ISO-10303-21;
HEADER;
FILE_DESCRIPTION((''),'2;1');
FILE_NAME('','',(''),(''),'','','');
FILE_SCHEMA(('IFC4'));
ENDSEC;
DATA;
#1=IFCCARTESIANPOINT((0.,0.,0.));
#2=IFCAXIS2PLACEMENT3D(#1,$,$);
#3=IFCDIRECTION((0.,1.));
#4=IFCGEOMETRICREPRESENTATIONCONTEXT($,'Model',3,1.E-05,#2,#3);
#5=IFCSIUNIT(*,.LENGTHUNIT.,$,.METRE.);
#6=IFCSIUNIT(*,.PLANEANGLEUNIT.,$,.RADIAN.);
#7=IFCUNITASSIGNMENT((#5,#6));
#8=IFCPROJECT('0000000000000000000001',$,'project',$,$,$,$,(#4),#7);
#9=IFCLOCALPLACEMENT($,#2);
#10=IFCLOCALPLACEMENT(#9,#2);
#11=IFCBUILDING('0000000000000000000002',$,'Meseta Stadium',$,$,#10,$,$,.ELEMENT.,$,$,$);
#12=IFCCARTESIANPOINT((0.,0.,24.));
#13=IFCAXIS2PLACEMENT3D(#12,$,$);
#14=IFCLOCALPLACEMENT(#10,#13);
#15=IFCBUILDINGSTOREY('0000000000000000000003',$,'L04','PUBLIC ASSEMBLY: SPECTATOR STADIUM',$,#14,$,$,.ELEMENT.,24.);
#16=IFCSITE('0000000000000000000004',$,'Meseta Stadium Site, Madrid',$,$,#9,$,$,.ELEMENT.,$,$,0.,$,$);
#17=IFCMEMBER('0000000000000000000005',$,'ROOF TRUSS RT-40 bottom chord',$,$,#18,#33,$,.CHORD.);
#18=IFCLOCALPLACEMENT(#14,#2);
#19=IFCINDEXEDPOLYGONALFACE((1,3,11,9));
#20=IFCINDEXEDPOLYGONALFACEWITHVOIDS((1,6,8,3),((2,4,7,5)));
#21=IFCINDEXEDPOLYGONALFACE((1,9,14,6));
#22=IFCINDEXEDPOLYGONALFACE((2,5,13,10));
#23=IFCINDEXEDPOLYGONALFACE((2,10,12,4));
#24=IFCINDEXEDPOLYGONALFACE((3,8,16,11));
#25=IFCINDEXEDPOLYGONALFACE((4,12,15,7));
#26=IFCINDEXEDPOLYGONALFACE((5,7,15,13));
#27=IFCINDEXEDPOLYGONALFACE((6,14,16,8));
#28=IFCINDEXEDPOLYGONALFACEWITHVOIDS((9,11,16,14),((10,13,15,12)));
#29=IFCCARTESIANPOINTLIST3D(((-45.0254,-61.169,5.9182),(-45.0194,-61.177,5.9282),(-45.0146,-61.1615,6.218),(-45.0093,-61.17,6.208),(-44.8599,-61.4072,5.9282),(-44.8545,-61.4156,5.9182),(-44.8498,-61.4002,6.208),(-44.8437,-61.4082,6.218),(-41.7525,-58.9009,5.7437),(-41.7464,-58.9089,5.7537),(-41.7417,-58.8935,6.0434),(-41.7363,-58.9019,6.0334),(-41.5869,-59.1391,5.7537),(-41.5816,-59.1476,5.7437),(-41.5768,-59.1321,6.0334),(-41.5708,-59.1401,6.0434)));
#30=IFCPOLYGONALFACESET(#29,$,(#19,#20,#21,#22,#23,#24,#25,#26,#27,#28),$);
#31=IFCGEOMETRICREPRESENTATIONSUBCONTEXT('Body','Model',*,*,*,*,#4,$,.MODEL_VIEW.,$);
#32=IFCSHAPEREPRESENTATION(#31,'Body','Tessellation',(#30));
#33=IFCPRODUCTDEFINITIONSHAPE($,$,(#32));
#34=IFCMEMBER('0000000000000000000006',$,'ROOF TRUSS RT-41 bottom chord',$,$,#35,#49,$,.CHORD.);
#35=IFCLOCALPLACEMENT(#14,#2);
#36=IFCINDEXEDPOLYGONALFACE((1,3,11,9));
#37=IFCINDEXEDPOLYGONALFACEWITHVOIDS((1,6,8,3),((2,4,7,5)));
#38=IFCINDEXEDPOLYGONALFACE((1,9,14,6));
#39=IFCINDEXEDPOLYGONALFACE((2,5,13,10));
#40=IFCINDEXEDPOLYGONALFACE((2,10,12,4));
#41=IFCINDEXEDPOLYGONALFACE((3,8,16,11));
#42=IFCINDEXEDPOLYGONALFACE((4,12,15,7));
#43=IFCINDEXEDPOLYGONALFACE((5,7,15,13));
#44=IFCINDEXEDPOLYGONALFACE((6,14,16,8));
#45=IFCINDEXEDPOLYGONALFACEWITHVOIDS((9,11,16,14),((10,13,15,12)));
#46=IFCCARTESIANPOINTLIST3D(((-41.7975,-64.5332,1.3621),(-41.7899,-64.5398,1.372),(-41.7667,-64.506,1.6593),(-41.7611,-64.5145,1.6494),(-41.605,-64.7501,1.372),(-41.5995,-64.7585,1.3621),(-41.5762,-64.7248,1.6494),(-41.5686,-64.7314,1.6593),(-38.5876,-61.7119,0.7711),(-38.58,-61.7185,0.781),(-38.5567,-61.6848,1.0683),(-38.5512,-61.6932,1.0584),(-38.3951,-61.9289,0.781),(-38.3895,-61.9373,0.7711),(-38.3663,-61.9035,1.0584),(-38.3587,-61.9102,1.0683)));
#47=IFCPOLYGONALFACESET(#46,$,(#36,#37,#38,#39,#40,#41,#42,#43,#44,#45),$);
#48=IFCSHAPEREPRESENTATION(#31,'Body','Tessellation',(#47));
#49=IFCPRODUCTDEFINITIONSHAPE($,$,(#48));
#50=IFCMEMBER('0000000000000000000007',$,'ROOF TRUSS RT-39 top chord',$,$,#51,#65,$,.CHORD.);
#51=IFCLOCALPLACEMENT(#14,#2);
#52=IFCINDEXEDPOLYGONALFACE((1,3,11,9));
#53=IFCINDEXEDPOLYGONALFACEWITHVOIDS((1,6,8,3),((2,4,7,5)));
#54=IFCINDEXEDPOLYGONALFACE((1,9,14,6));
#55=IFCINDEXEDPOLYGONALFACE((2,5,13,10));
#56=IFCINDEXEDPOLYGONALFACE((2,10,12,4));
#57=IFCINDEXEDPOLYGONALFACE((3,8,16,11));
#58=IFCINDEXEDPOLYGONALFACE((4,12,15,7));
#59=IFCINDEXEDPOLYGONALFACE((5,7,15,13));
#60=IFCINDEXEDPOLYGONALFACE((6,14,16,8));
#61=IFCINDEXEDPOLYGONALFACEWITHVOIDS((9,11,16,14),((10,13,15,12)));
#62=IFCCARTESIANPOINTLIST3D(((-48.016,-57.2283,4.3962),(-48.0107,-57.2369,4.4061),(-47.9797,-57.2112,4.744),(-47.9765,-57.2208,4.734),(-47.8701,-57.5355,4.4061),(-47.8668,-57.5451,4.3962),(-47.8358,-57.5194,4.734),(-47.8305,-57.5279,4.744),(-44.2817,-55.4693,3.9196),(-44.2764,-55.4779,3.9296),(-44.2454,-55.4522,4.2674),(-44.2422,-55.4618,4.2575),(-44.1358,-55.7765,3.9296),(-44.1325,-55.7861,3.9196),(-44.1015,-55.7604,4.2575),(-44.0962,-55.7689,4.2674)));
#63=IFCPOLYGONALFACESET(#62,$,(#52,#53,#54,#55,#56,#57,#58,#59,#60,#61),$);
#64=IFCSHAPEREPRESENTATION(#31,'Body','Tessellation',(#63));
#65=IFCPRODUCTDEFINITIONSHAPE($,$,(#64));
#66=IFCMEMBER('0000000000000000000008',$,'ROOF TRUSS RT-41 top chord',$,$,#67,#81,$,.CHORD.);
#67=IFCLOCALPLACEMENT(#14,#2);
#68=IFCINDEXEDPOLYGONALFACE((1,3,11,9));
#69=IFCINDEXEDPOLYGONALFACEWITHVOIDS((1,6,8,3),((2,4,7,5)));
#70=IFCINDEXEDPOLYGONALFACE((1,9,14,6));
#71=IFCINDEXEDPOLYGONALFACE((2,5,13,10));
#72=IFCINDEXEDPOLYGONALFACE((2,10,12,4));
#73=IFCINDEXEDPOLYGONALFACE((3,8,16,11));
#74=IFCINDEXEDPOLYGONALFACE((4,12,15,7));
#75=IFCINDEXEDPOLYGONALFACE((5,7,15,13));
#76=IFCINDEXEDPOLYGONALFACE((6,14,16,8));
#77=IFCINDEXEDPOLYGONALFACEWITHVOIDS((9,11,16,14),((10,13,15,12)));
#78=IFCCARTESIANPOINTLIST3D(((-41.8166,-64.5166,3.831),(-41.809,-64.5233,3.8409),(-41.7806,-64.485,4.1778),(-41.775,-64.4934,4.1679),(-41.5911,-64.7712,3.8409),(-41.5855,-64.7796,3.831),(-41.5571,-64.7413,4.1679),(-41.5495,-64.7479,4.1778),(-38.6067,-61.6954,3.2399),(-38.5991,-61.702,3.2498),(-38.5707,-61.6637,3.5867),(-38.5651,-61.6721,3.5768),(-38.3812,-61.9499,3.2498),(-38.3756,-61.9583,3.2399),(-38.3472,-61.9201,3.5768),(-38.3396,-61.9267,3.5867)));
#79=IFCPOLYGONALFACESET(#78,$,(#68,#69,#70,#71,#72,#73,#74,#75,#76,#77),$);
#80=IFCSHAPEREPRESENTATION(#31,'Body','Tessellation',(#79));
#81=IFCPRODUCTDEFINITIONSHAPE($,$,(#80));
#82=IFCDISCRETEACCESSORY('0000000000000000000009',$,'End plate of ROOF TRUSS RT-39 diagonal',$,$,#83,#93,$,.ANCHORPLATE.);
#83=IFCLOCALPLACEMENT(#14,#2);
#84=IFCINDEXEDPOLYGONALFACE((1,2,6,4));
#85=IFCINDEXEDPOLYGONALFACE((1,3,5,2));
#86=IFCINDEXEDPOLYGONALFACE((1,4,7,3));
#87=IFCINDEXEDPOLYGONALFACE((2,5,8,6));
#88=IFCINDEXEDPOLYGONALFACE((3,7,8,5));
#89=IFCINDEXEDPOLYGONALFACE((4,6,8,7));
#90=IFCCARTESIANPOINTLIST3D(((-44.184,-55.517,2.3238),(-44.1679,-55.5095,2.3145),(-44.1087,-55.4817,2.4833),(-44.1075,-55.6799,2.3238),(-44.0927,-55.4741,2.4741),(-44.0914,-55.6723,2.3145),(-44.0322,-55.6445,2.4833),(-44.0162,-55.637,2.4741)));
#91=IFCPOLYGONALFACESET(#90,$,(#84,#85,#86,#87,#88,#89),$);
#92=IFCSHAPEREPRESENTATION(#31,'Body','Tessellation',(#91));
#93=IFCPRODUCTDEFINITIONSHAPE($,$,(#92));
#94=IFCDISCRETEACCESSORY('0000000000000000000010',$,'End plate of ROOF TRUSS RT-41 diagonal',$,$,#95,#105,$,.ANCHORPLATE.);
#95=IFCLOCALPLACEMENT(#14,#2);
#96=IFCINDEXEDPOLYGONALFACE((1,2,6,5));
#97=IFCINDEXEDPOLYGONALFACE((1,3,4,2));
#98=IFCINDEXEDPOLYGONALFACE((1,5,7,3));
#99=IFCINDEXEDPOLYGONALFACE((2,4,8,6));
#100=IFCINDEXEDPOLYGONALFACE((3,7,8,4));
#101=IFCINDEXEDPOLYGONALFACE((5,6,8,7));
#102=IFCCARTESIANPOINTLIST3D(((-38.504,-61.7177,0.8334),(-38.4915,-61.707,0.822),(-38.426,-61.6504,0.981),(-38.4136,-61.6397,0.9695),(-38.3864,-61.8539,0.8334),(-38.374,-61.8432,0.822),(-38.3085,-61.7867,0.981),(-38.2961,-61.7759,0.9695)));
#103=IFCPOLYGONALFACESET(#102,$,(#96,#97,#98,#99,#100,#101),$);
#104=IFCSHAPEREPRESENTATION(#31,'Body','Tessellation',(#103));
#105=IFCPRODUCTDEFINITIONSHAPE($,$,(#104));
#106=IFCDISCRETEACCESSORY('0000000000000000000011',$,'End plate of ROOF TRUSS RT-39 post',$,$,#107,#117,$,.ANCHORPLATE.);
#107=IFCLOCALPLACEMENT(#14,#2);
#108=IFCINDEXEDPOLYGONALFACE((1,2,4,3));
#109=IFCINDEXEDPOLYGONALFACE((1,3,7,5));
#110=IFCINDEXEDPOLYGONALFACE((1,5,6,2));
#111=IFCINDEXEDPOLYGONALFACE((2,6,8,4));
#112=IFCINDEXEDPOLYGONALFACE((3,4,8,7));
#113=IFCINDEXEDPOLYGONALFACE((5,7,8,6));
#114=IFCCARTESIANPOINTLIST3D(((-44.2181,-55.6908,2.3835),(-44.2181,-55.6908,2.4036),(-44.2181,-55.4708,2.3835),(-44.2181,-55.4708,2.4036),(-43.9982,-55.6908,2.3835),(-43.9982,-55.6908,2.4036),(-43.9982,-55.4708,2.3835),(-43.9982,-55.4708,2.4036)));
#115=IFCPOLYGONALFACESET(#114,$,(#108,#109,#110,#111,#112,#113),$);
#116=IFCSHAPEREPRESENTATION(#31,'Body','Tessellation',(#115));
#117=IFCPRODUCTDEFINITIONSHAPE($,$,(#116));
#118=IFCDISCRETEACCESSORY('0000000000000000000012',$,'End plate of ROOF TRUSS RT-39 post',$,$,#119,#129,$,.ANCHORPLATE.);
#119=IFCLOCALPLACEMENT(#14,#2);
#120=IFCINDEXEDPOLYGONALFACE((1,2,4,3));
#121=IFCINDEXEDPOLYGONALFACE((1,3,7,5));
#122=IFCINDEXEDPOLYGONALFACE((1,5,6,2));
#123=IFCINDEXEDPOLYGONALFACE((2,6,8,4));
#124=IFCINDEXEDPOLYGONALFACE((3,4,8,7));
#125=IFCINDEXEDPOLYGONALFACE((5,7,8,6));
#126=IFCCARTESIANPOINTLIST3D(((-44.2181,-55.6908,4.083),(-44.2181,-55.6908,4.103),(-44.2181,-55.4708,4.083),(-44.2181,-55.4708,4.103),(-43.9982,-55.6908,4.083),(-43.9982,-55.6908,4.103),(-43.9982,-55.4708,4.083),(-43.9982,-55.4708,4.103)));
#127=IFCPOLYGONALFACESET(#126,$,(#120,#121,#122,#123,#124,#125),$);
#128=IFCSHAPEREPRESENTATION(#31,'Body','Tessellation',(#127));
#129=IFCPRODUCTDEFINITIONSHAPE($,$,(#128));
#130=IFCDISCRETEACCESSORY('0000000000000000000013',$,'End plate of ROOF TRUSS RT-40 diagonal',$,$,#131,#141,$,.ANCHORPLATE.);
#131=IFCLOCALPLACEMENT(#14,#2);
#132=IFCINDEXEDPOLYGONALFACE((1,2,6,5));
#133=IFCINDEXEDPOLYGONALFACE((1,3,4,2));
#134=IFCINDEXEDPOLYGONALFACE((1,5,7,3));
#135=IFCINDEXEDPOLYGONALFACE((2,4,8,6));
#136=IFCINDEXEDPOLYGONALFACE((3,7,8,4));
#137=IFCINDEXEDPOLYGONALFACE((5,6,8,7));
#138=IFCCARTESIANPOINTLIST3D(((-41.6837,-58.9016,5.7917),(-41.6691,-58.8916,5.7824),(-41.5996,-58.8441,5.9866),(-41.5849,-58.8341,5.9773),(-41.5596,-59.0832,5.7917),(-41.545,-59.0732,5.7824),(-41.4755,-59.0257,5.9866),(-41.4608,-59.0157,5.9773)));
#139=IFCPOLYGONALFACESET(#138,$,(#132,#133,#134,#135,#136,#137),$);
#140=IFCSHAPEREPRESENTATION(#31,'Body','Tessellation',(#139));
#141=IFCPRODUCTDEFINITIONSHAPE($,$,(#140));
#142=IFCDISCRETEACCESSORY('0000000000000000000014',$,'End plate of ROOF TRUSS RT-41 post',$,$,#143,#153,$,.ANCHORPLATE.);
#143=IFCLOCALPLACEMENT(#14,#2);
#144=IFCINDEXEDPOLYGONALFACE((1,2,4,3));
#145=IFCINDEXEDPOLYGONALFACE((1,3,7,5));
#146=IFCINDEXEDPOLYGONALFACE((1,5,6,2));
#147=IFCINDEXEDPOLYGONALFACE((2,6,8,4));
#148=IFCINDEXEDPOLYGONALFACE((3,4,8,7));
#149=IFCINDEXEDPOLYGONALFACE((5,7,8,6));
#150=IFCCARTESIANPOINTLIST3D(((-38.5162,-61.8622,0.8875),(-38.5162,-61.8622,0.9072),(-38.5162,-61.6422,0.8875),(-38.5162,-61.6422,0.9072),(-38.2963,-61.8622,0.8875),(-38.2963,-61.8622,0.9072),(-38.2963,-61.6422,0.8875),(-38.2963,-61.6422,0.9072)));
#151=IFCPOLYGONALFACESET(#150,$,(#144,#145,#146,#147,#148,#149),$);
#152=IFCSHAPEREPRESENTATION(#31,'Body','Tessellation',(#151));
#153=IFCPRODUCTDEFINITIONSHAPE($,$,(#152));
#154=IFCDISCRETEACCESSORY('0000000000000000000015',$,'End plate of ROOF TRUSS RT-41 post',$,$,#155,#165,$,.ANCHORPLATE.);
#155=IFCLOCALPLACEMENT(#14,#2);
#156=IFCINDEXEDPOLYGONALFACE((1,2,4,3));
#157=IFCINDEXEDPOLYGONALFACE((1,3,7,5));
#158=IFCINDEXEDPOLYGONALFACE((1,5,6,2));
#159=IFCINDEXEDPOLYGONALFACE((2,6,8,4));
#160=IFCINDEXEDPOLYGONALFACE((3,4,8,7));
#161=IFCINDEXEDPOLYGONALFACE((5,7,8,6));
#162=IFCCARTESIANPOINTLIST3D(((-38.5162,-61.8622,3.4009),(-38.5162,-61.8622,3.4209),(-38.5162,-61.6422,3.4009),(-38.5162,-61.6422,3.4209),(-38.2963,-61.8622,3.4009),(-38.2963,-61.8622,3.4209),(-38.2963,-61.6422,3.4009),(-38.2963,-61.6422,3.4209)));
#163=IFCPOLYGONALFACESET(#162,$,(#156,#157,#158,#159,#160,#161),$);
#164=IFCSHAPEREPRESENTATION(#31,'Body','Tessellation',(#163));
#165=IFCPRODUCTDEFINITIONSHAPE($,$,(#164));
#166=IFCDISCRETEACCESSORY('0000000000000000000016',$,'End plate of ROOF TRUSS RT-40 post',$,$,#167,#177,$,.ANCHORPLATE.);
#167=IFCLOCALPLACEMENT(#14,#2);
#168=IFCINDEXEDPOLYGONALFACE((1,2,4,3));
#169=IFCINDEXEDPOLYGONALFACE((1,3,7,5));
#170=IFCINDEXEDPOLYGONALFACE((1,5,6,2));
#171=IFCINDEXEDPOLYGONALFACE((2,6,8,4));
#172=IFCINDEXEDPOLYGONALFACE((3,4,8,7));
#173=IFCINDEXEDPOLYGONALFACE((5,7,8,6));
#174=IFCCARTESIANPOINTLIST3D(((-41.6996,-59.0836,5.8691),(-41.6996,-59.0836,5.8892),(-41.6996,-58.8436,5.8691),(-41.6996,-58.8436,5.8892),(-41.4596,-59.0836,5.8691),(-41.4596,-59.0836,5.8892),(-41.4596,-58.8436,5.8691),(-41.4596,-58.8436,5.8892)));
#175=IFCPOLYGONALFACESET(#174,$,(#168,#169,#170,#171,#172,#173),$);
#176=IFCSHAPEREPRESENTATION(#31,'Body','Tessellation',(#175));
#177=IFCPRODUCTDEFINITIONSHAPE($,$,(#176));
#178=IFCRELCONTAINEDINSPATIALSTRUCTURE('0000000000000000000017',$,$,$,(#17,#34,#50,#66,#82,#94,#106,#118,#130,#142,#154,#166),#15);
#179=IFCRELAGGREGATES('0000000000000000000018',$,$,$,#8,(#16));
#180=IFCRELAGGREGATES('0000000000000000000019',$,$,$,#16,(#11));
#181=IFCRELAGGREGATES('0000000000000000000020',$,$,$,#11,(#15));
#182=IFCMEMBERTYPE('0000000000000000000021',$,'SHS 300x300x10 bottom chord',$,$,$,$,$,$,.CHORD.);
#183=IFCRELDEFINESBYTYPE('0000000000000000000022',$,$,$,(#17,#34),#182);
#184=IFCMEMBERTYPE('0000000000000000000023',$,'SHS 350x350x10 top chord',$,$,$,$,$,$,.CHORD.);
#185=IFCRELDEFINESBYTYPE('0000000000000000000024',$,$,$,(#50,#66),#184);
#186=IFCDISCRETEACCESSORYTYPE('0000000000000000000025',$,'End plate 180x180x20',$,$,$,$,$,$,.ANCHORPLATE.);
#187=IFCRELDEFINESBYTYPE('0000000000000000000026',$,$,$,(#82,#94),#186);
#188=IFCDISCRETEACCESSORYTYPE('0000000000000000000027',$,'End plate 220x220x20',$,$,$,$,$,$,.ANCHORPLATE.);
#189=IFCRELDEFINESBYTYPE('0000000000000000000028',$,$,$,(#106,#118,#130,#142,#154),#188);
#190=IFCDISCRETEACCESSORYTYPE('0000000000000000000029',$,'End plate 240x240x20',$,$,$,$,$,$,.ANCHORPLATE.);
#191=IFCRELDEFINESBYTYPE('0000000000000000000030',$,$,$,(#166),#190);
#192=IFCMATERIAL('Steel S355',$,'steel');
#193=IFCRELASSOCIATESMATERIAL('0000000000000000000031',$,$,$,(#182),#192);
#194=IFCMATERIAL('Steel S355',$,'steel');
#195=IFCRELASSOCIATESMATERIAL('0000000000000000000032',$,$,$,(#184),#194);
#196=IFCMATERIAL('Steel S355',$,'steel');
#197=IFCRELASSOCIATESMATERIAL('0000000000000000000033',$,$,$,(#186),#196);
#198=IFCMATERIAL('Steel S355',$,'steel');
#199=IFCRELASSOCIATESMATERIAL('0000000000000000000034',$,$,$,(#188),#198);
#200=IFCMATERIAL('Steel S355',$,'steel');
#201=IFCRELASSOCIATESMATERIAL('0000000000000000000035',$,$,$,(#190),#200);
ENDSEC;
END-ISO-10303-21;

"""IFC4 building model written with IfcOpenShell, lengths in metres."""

from ifc_helpers import new_model, si_unit, direction, frame, origin, origin_2d, place, context, subcontext, project, spatial, rectangle, hollow_rectangle, extrude, material, material_profile, profile_set, type_object, element, save


model = new_model("IFC4")

# Units and contexts
model_context = context("Model", 3, precision=1e-05, world=origin(), true_north=direction((0.0, 1.0)))
body_context = subcontext(model_context, "Body", "Model", "MODEL_VIEW")
ifc_project = project(units=[si_unit("LENGTHUNIT", "METRE"), si_unit("PLANEANGLEUNIT", "RADIAN")], contexts=[model_context])

# Site, building, storey
site_placement = place(None, origin())
site = spatial("IfcSite", under=ifc_project, at=site_placement, Name="Meseta Stadium Site, Madrid", CompositionType="ELEMENT", RefElevation=0.0)
building_placement = place(site_placement, origin())
building = spatial("IfcBuilding", under=site, at=building_placement, Name="Meseta Stadium", CompositionType="ELEMENT")
storey_placement = place(building_placement, frame((0.0, 0.0, 24.0)))
storey = spatial("IfcBuildingStorey", under=building, at=storey_placement, Name="L04", Description="PUBLIC ASSEMBLY: SPECTATOR STADIUM", CompositionType="ELEMENT", Elevation=24.0)

# Members
ifc_material_1 = material(Name="Steel S355", Category="steel")
ifc_material_profile_1 = material_profile(ifc_material_1, hollow_rectangle(XDim=0.3, YDim=0.3, WallThickness=0.01, at=origin_2d()), Name="SHS 300x300x10")
ifc_profile_set_1 = profile_set([ifc_material_profile_1], Name="Steel S355")
member_type_1 = type_object("IfcMemberType", Name="SHS 300x300x10 bottom chord", PredefinedType="CHORD", material=ifc_profile_set_1)
member_1_placement = place(storey_placement, frame((-41.6616, -59.0205, 5.8936), z_axis=(-0.821147, -0.569033, 0.043795), x_axis=(0.56958, -0.821936, 0.0)))
element("IfcMember", 1, at=member_1_placement, inside=storey, type_object=member_type_1, Name="ROOF TRUSS RT-40 bottom chord", PredefinedType="CHORD", context=body_context, shape_type="SweptSolid", body=[
    extrude(hollow_rectangle(XDim=0.3, YDim=0.3, WallThickness=0.01, at=origin_2d()), origin(), (0.0, 0.0, 1.0), 3.9858),
])
member_2_placement = place(storey_placement, frame((-38.4731, -61.811, 0.9197), z_axis=(-0.744034, -0.653944, 0.137002), x_axis=(0.660169, -0.751117, 0.0)))
element("IfcMember", 2, at=member_2_placement, inside=storey, type_object=member_type_1, Name="ROOF TRUSS RT-41 bottom chord", PredefinedType="CHORD", context=body_context, shape_type="SweptSolid", body=[
    extrude(hollow_rectangle(XDim=0.3, YDim=0.3, WallThickness=0.01, at=origin_2d()), origin(), (0.0, 0.0, 1.0), 4.3142),
])
ifc_material_2 = material(Name="Steel S355", Category="steel")
ifc_material_profile_2 = material_profile(ifc_material_2, hollow_rectangle(XDim=0.3501, YDim=0.3501, WallThickness=0.01, at=origin_2d()), Name="SHS 350x350x10")
ifc_profile_set_2 = profile_set([ifc_material_profile_2], Name="Steel S355")
member_type_2 = type_object("IfcMemberType", Name="SHS 350x350x10 top chord", PredefinedType="CHORD", material=ifc_profile_set_2)
member_3_placement = place(storey_placement, frame((-44.189, -55.6191, 4.0935), z_axis=(-0.898693, -0.423319, 0.114687), x_axis=(0.42613, -0.904662, 0.0)))
element("IfcMember", 3, at=member_3_placement, inside=storey, type_object=member_type_2, Name="ROOF TRUSS RT-39 top chord", PredefinedType="CHORD", context=body_context, shape_type="SweptSolid", body=[
    extrude(hollow_rectangle(XDim=0.3501, YDim=0.3501, WallThickness=0.01, at=origin_2d()), origin(), (0.0, 0.0, 1.0), 4.1553),
])
member_4_placement = place(storey_placement, frame((-38.4731, -61.811, 3.4133), z_axis=(-0.744034, -0.653944, 0.137002), x_axis=(0.660169, -0.751117, 0.0)))
element("IfcMember", 4, at=member_4_placement, inside=storey, type_object=member_type_2, Name="ROOF TRUSS RT-41 top chord", PredefinedType="CHORD", context=body_context, shape_type="SweptSolid", body=[
    extrude(hollow_rectangle(XDim=0.3501, YDim=0.3501, WallThickness=0.01, at=origin_2d()), origin(), (0.0, 0.0, 1.0), 4.3142),
])

# Discrete accessories
ifc_material_3 = material(Name="Steel S355", Category="steel")
ifc_material_profile_3 = material_profile(ifc_material_3, rectangle(XDim=0.1799, YDim=0.1799, at=origin_2d()), Name="PL 180x180")
ifc_profile_set_3 = profile_set([ifc_material_profile_3], Name="Steel S355")
discrete_accessory_type_1 = type_object("IfcDiscreteAccessoryType", Name="End plate 180x180x20", PredefinedType="ANCHORPLATE", material=ifc_profile_set_3)
for number, where, z_axis, x_axis, name in (
    (5, (-44.092, -55.5732, 2.3943), (-0.802673, -0.377013, 0.462145), (0.425136, -0.905129, 0.0), "End plate of ROOF TRUSS RT-39 diagonal"),
    (6, (-38.3938, -61.7415, 0.8958), (-0.620936, -0.53571, 0.572235), (0.653233, -0.757157, 0.0), "End plate of ROOF TRUSS RT-41 diagonal"),
):
    element("IfcDiscreteAccessory", number, at=place(storey_placement, frame(where, z_axis=z_axis, x_axis=x_axis)), inside=storey, type_object=discrete_accessory_type_1, Name=name, PredefinedType="ANCHORPLATE", context=body_context, shape_type="SweptSolid", body=[
        extrude(rectangle(XDim=0.1799, YDim=0.1799, at=origin_2d()), origin(), (0.0, 0.0, 1.0), 0.02),
    ])
ifc_material_4 = material(Name="Steel S355", Category="steel")
ifc_material_profile_4 = material_profile(ifc_material_4, rectangle(XDim=0.22, YDim=0.22, at=origin_2d()), Name="PL 220x220")
ifc_profile_set_4 = profile_set([ifc_material_profile_4], Name="Steel S355")
discrete_accessory_type_2 = type_object("IfcDiscreteAccessoryType", Name="End plate 220x220x20", PredefinedType="ANCHORPLATE", material=ifc_profile_set_4)
for number, where, z_axis, x_axis, name in (
    (7, (-44.1082, -55.5808, 2.3835), (0.0, 0.0, 1.0), (1.0, 0.0, 0.0), "End plate of ROOF TRUSS RT-39 post"),
    (8, (-44.1082, -55.5808, 4.083), (0.0, 0.0, 1.0), (1.0, 0.0, 0.0), "End plate of ROOF TRUSS RT-39 post"),
    (9, (-41.5649, -58.9536, 5.8799), (-0.731653, -0.499963, 0.46338), (0.564191, -0.825645, 0.0), "End plate of ROOF TRUSS RT-40 diagonal"),
):
    element("IfcDiscreteAccessory", number, at=place(storey_placement, frame(where, z_axis=z_axis, x_axis=x_axis)), inside=storey, type_object=discrete_accessory_type_2, Name=name, PredefinedType="ANCHORPLATE", context=body_context, shape_type="SweptSolid", body=[
        extrude(rectangle(XDim=0.22, YDim=0.22, at=origin_2d()), origin(), (0.0, 0.0, 1.0), 0.02),
    ])
discrete_accessory_1_placement = place(storey_placement, frame((-38.4062, -61.7522, 0.8875), z_axis=(0.0, 0.0, 1.0), x_axis=(1.0, 0.0, 0.0)))
element("IfcDiscreteAccessory", 10, at=discrete_accessory_1_placement, inside=storey, type_object=discrete_accessory_type_2, Name="End plate of ROOF TRUSS RT-41 post", PredefinedType="ANCHORPLATE", context=body_context, shape_type="SweptSolid", body=[
    extrude(rectangle(XDim=0.22, YDim=0.22, at=origin_2d()), origin(), (0.0, 0.0, 1.0), 0.0198),
])
discrete_accessory_2_placement = place(storey_placement, frame((-38.4062, -61.7522, 3.4009), z_axis=(0.0, 0.0, 1.0), x_axis=(1.0, 0.0, 0.0)))
element("IfcDiscreteAccessory", 11, at=discrete_accessory_2_placement, inside=storey, type_object=discrete_accessory_type_2, Name="End plate of ROOF TRUSS RT-41 post", PredefinedType="ANCHORPLATE", context=body_context, shape_type="SweptSolid", body=[
    extrude(rectangle(XDim=0.22, YDim=0.22, at=origin_2d()), origin(), (0.0, 0.0, 1.0), 0.02),
])
ifc_material_5 = material(Name="Steel S355", Category="steel")
ifc_material_profile_5 = material_profile(ifc_material_5, rectangle(XDim=0.24, YDim=0.24, at=origin_2d()), Name="PL 240x240")
ifc_profile_set_5 = profile_set([ifc_material_profile_5], Name="Steel S355")
discrete_accessory_type_3 = type_object("IfcDiscreteAccessoryType", Name="End plate 240x240x20", PredefinedType="ANCHORPLATE", material=ifc_profile_set_5)
discrete_accessory_3_placement = place(storey_placement, frame((-41.5796, -58.9636, 5.8691), z_axis=(0.0, 0.0, 1.0), x_axis=(1.0, 0.0, 0.0)))
element("IfcDiscreteAccessory", 12, at=discrete_accessory_3_placement, inside=storey, type_object=discrete_accessory_type_3, Name="End plate of ROOF TRUSS RT-40 post", PredefinedType="ANCHORPLATE", context=body_context, shape_type="SweptSolid", body=[
    extrude(rectangle(XDim=0.24, YDim=0.24, at=origin_2d()), origin(), (0.0, 0.0, 1.0), 0.02),
])

save(model, "model.ifc")
